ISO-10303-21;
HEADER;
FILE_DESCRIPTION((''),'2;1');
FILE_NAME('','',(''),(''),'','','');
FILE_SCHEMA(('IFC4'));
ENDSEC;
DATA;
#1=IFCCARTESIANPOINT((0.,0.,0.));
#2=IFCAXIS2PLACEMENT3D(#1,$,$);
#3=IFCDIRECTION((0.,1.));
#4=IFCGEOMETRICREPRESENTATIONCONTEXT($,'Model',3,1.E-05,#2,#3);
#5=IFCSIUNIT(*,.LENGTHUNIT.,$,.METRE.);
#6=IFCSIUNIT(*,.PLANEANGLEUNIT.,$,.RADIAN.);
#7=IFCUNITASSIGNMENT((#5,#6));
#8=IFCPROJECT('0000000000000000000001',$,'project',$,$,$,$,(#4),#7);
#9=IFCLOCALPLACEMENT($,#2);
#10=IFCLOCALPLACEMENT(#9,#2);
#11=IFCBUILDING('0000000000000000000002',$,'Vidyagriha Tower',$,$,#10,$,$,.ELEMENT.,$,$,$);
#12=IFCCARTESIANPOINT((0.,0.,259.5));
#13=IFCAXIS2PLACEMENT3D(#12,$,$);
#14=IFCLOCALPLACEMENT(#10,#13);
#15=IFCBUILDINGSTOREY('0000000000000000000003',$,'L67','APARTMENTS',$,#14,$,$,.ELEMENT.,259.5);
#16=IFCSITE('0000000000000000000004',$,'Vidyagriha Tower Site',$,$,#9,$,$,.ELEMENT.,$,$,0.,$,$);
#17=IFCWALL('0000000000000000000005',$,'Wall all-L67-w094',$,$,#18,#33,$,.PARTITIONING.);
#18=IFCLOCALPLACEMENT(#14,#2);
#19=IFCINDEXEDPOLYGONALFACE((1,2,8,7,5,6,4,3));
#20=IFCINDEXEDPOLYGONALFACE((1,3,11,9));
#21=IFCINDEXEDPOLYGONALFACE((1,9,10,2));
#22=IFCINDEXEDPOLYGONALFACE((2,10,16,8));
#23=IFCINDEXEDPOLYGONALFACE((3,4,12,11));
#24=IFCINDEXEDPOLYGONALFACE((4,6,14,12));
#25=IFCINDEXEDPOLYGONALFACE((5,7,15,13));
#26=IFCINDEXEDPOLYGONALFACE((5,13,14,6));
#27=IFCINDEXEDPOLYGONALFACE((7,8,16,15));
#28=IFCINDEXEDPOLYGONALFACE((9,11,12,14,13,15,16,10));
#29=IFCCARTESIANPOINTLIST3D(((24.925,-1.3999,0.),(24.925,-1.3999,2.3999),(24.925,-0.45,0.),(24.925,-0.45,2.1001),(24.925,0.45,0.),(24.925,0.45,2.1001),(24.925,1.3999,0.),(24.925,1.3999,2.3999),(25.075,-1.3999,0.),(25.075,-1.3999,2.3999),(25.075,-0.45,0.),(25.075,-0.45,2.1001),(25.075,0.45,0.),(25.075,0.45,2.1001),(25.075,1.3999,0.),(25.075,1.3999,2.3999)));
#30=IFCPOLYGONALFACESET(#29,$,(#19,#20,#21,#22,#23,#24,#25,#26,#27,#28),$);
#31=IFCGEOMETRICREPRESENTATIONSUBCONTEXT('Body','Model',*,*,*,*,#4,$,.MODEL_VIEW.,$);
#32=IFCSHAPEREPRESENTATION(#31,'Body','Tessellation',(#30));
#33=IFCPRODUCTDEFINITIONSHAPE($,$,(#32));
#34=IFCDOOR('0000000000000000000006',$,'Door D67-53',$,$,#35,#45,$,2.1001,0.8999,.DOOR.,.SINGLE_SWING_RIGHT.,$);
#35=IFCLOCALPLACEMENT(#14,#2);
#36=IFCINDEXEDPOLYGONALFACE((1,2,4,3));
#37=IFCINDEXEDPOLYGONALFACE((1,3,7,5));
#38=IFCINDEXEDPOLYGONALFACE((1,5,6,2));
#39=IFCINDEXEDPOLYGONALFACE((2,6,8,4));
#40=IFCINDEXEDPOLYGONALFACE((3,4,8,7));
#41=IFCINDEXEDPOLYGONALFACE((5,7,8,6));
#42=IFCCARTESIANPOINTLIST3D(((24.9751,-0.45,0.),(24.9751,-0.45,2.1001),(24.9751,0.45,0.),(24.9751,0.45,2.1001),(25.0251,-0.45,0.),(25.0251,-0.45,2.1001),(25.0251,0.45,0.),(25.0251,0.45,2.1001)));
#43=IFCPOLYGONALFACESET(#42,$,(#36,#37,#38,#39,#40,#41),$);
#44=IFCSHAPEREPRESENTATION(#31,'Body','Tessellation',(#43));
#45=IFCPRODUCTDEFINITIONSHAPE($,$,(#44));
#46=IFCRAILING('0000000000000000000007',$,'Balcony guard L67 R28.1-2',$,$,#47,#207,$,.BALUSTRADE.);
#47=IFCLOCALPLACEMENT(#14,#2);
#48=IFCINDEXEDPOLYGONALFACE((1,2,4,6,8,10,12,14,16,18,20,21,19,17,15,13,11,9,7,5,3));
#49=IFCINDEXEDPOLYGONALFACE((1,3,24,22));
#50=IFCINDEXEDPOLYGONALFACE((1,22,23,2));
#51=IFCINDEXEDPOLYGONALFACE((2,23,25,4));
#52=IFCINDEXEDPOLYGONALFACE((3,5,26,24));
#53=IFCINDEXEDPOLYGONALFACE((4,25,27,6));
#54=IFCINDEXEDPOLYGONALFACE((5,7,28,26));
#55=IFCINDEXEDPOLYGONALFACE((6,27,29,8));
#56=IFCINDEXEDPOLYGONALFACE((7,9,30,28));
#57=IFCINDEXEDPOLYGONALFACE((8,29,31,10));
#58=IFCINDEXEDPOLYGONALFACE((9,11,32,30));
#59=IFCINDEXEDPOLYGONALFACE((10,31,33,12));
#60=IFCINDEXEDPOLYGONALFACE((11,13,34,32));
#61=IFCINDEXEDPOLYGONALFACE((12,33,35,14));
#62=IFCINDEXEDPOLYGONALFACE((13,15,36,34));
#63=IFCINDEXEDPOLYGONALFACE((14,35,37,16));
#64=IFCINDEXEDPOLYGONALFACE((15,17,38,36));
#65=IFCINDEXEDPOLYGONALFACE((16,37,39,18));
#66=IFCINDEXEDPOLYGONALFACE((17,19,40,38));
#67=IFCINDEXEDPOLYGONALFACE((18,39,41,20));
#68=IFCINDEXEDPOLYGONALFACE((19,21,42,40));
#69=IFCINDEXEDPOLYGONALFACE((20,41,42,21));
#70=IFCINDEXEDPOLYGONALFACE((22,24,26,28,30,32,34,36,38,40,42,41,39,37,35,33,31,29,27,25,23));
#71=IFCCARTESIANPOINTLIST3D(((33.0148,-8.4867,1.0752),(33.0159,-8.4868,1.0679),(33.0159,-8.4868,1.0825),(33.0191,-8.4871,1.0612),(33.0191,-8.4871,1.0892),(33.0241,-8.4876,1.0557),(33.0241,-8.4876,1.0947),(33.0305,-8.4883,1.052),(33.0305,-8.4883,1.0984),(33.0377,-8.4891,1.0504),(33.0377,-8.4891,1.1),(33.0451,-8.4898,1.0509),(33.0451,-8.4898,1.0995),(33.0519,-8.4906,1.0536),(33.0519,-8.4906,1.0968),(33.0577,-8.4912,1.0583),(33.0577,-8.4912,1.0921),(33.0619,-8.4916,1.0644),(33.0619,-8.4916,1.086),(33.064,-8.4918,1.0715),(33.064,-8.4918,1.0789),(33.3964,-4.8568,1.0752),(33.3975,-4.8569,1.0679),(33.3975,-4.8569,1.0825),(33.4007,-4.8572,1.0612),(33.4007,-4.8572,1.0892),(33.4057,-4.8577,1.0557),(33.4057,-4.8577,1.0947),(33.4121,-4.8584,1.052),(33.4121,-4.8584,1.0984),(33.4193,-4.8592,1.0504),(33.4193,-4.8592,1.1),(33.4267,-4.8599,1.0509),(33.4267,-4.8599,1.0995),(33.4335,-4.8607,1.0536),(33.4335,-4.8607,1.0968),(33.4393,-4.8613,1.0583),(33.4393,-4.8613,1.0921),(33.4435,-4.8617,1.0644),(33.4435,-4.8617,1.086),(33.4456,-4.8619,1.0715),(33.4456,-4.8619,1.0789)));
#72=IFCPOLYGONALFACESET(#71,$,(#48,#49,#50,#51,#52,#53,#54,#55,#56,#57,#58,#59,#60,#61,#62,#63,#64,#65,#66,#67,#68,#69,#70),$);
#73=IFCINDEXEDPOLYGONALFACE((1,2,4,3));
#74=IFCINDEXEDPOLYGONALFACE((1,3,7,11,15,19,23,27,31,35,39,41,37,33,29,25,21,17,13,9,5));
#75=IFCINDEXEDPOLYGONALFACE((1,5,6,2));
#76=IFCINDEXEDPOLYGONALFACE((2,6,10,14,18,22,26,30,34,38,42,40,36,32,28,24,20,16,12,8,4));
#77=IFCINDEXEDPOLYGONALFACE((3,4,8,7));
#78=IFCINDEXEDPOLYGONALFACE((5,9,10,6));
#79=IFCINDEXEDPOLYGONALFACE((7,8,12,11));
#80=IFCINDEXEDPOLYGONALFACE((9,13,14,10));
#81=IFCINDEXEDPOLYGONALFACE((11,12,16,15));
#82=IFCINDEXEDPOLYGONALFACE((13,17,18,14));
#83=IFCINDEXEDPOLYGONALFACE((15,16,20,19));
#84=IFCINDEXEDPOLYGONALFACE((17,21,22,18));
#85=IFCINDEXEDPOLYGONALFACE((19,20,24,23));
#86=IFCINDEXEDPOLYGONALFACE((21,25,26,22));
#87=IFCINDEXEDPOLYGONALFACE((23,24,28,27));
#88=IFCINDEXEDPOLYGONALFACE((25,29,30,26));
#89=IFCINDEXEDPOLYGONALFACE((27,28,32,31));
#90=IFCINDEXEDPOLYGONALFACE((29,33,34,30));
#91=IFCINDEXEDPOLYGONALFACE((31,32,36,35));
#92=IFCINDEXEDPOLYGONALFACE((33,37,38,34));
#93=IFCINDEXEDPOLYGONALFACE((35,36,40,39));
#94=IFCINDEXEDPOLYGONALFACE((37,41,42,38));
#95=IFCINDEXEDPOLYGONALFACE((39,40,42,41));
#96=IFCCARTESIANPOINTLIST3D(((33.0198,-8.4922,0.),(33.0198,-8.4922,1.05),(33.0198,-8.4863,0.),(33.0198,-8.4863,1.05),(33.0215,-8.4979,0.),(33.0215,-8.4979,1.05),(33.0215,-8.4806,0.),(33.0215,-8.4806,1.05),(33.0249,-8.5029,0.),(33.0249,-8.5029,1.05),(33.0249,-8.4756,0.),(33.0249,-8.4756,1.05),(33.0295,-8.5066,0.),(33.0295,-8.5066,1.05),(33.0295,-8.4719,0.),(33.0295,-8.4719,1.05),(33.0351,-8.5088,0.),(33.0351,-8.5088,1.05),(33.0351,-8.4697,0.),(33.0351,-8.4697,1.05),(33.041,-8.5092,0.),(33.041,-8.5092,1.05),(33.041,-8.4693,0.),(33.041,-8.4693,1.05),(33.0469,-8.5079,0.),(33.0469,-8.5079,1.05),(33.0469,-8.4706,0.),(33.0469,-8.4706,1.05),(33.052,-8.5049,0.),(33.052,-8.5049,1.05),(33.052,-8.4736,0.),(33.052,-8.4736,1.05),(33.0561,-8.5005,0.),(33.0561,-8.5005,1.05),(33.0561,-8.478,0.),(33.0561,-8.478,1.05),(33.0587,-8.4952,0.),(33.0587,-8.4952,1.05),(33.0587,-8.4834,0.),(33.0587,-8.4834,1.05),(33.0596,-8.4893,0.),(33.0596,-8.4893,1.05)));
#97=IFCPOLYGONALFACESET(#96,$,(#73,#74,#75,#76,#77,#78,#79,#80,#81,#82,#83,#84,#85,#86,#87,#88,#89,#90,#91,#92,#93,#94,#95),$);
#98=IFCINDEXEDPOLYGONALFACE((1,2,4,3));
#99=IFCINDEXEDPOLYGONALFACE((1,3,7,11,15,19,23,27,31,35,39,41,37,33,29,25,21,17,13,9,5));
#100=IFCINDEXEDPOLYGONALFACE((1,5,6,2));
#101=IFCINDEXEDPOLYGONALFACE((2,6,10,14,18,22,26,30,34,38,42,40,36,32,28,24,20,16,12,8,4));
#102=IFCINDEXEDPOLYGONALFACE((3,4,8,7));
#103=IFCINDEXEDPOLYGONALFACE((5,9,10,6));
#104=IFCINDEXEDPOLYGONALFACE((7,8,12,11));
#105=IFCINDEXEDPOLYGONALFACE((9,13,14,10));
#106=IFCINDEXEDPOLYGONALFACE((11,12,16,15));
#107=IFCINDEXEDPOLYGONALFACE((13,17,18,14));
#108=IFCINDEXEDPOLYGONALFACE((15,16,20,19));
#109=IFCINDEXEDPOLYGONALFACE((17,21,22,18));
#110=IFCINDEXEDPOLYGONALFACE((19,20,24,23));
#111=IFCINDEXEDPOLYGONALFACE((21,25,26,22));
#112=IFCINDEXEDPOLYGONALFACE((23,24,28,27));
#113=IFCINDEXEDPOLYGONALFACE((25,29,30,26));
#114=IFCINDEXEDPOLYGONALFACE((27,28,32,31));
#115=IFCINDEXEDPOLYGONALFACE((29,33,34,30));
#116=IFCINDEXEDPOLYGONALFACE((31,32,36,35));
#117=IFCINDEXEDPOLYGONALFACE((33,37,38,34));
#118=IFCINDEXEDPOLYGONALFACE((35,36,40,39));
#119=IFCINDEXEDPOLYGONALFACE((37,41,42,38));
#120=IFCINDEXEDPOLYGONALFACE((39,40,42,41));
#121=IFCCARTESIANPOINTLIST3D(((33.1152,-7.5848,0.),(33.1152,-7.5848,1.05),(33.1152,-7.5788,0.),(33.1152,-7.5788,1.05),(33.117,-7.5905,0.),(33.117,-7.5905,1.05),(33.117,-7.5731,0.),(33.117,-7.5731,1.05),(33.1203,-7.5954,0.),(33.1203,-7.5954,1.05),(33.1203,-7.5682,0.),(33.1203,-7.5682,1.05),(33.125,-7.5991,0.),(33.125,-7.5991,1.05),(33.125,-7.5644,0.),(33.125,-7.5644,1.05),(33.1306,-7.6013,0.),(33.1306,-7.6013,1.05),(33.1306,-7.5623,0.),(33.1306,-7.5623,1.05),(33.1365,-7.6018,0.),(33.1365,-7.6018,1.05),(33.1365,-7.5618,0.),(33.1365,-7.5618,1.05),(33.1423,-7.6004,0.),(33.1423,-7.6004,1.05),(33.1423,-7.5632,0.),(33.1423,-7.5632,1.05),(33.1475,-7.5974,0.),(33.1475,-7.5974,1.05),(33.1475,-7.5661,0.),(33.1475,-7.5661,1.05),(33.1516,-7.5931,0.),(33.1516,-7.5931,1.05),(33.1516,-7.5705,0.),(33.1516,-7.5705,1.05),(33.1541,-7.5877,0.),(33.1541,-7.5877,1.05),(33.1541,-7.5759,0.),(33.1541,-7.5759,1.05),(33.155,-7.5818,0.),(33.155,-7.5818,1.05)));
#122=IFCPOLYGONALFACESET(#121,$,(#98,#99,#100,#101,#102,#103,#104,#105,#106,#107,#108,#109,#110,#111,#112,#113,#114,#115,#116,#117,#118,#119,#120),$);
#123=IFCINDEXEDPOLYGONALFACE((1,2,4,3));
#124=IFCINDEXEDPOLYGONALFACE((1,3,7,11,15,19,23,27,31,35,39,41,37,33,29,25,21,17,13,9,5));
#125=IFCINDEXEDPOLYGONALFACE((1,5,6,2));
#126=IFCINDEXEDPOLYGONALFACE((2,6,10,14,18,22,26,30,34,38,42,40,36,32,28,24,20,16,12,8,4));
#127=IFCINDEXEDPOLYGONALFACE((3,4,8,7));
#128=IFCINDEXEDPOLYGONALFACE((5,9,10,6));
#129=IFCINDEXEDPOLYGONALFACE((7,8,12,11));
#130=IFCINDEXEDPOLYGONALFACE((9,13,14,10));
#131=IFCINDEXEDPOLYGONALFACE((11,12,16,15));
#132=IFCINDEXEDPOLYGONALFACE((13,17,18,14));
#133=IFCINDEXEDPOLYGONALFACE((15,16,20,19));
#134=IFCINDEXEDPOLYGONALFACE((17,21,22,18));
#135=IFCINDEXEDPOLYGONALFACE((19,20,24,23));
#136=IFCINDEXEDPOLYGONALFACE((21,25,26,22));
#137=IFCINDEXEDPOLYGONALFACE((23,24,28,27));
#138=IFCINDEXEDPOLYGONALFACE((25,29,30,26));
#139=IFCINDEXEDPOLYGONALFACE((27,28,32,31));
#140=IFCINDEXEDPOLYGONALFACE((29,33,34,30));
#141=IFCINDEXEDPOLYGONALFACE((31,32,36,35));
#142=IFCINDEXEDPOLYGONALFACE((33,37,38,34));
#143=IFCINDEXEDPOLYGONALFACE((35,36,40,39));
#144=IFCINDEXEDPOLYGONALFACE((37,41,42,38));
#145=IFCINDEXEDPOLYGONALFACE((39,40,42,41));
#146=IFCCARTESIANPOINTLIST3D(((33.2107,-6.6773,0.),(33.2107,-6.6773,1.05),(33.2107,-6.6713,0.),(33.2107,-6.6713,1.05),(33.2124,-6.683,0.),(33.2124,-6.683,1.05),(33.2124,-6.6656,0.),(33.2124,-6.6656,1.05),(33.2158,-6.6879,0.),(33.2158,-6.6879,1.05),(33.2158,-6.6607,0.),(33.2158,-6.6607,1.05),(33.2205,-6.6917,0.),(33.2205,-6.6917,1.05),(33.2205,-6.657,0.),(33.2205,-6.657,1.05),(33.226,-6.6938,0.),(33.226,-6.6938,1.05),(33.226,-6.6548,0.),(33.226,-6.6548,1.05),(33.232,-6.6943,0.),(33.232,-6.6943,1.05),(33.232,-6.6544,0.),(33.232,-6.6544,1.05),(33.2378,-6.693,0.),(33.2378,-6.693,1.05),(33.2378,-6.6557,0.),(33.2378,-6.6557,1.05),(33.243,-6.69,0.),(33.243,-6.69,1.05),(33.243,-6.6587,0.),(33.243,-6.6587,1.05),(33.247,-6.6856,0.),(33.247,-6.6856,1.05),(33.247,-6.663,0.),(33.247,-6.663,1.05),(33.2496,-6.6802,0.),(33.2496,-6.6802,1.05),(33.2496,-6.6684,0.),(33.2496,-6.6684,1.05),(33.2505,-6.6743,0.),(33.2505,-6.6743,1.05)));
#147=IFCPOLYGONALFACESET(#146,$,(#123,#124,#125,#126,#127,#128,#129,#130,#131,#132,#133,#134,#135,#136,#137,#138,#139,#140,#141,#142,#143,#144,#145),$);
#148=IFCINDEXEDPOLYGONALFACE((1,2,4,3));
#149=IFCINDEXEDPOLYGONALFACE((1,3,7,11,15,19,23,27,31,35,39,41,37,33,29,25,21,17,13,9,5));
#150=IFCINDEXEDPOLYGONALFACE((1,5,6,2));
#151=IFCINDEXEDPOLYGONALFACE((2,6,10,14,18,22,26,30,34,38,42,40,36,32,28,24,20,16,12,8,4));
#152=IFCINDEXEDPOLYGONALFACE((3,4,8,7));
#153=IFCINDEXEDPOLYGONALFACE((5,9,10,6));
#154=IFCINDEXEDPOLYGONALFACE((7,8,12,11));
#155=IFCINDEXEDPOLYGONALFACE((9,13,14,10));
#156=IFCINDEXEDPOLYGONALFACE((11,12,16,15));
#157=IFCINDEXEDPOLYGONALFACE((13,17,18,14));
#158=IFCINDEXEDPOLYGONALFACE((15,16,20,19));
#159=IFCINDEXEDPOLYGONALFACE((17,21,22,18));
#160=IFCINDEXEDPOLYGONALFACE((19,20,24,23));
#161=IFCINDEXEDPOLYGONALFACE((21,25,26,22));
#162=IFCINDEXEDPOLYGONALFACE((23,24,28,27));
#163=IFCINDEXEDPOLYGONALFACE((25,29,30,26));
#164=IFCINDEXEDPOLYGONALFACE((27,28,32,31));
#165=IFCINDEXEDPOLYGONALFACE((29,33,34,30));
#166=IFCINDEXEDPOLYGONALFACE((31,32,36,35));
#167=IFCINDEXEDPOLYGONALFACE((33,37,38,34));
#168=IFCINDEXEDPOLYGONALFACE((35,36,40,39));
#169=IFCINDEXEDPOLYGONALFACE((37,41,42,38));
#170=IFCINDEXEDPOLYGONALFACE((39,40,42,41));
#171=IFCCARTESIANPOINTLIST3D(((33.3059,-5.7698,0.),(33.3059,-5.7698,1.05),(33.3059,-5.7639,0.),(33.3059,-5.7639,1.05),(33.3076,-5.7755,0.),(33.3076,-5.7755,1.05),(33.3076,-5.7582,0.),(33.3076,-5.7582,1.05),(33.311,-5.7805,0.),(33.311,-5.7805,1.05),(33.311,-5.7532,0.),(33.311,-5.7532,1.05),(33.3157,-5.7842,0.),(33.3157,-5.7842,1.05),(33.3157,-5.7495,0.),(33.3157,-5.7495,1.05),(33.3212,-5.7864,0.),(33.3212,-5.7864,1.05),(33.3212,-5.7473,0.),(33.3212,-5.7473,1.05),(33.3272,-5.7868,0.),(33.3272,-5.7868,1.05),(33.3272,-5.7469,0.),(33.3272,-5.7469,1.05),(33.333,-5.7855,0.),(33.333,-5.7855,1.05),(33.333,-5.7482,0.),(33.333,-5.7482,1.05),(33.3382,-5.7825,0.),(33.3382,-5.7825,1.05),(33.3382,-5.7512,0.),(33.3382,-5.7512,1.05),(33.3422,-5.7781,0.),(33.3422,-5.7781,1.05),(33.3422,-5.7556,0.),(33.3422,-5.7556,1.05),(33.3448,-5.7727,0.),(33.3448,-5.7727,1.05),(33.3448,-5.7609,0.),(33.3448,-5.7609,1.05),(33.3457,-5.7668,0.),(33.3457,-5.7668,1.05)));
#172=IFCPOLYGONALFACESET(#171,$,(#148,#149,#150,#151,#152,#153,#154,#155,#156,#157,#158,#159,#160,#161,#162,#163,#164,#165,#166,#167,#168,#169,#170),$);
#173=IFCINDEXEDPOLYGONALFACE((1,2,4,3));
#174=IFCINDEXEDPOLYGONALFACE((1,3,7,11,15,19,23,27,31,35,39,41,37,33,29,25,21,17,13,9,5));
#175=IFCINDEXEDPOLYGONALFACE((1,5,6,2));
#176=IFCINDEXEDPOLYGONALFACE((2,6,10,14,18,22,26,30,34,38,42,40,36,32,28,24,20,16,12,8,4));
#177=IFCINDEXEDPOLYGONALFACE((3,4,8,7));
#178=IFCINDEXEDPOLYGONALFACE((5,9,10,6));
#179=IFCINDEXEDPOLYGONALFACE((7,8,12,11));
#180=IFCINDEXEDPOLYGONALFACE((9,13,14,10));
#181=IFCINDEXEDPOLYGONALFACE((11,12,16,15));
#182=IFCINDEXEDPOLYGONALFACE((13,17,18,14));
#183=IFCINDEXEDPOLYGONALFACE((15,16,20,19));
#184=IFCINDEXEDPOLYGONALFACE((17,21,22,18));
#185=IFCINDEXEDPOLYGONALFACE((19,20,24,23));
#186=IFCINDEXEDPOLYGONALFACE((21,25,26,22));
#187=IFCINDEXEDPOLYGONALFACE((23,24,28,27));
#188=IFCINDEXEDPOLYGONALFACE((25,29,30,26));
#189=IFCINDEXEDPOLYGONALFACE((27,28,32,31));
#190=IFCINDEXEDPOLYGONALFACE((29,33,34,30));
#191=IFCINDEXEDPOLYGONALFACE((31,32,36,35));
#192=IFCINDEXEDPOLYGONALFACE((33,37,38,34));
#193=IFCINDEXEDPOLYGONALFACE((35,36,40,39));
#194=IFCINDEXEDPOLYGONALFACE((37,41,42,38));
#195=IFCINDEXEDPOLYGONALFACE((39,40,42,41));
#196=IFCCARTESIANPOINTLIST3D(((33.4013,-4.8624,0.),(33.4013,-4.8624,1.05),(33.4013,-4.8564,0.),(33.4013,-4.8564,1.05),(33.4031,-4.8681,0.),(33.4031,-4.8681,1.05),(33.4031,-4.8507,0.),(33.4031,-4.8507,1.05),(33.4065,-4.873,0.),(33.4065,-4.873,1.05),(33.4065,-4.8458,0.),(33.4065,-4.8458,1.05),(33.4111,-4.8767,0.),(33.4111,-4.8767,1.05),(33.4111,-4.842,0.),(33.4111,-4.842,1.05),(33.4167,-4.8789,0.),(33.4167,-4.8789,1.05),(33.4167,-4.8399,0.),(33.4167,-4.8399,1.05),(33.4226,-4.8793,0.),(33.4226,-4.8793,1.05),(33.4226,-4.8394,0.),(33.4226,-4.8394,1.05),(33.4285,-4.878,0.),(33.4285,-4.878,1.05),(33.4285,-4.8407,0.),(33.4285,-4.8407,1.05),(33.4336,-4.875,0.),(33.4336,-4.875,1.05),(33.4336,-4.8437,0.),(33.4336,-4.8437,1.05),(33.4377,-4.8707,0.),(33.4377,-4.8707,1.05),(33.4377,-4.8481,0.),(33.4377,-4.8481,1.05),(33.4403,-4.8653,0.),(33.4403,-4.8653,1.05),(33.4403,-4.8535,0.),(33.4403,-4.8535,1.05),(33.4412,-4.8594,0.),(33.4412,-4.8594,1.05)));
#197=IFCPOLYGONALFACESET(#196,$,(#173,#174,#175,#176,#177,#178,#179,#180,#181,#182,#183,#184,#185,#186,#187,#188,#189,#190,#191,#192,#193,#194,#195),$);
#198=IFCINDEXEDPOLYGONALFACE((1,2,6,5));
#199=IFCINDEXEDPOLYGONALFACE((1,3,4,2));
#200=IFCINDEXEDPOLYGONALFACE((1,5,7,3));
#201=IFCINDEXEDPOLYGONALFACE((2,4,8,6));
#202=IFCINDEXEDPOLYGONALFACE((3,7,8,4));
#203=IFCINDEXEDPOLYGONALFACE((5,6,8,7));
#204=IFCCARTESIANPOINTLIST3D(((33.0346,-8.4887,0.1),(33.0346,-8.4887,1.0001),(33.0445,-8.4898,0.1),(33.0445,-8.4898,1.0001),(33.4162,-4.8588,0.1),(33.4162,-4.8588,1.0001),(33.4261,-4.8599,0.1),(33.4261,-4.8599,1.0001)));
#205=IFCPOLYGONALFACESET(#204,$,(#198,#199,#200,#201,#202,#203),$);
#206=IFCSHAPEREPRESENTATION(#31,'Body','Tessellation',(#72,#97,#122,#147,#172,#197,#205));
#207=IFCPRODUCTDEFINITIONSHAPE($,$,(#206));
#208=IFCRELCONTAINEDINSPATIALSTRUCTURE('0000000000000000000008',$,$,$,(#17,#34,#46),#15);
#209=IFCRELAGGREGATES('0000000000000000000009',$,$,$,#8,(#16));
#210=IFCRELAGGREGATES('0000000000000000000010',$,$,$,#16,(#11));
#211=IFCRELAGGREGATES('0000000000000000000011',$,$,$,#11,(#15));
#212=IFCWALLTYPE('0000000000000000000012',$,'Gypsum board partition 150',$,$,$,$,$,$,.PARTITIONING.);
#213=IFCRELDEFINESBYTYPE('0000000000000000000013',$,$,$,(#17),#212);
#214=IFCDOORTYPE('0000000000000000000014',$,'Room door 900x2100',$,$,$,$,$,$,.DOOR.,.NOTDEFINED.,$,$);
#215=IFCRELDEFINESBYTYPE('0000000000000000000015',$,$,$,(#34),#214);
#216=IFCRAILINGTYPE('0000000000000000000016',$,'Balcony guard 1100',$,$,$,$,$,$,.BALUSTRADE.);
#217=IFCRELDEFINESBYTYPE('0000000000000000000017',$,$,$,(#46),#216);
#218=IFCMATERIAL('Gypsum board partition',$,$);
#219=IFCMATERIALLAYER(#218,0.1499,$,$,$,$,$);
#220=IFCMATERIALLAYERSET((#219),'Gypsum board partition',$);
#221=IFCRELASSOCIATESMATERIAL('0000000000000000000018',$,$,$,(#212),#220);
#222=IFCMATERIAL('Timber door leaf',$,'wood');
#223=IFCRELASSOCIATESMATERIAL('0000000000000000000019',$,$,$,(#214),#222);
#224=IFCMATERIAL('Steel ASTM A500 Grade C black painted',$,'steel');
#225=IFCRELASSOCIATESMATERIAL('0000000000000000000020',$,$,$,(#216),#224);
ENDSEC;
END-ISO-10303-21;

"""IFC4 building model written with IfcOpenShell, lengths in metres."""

from ifc_helpers import new_model, si_unit, direction, frame, frame_2d, origin, origin_2d, place, context, subcontext, project, spatial, rectangle, circle, extrude, material, layer, layer_set, type_object, element, fill, save


model = new_model("IFC4")

# Units and contexts
model_context = context("Model", 3, precision=1e-05, world=origin(), true_north=direction((0.0, 1.0)))
body_context = subcontext(model_context, "Body", "Model", "MODEL_VIEW")
ifc_project = project(units=[si_unit("LENGTHUNIT", "METRE"), si_unit("PLANEANGLEUNIT", "RADIAN")], contexts=[model_context])

# Site, building, storey
site_placement = place(None, origin())
site = spatial("IfcSite", under=ifc_project, at=site_placement, Name="Vidyagriha Tower Site", CompositionType="ELEMENT", RefElevation=0.0)
building_placement = place(site_placement, origin())
building = spatial("IfcBuilding", under=site, at=building_placement, Name="Vidyagriha Tower", CompositionType="ELEMENT")
storey_placement = place(building_placement, frame((0.0, 0.0, 259.5)))
storey = spatial("IfcBuildingStorey", under=building, at=storey_placement, Name="L67", Description="APARTMENTS", CompositionType="ELEMENT", Elevation=259.5)

# Shared definitions
ifc_material_1 = material(Name="Gypsum board partition")
ifc_layer_1 = layer(ifc_material_1, 0.1499)
ifc_layer_set_1 = layer_set([ifc_layer_1], Name="Gypsum board partition")
wall_type_1 = type_object("IfcWallType", Name="Gypsum board partition 150", PredefinedType="PARTITIONING", material=ifc_layer_set_1)

# Shared definitions
ifc_material_2 = material(Name="Timber door leaf", Category="wood")
door_type_1 = type_object("IfcDoorType", Name="Room door 900x2100", OperationType="NOTDEFINED", PredefinedType="DOOR", material=ifc_material_2)

# Wall, opening, door
wall_1_placement = place(storey_placement, frame((25.0, -1.3999, 0.0), z_axis=(0.0, 0.0, 1.0), x_axis=(0.0, 1.0, 0.0)))
wall_1 = element("IfcWall", 1, at=wall_1_placement, inside=storey, type_object=wall_type_1, Name="Wall all-L67-w094", PredefinedType="PARTITIONING", context=body_context, shape_type="SweptSolid", body=[
    extrude(rectangle(XDim=2.7998, YDim=0.1499, at=frame_2d((1.3999, 0.0))), origin(), (0.0, 0.0, 1.0), 2.3999),
])
opening_1_placement = place(wall_1_placement, frame((0.95, 0.0, 0.0)))
opening_1 = element("IfcOpeningElement", 2, at=opening_1_placement, cuts=wall_1, PredefinedType="OPENING", context=body_context, shape_type="SweptSolid", body=[
    extrude(rectangle(XDim=0.8999, YDim=2.1001, at=frame_2d((0.45, 1.05))), frame((0.0, 0.085, 0.0), z_axis=(0.0, -1.0, 0.0), x_axis=(1.0, 0.0, 0.0)), (0.0, 0.0, 1.0), 0.1699),
])
door_1_placement = place(opening_1_placement, origin())
door_1 = element("IfcDoor", 3, at=door_1_placement, inside=storey, type_object=door_type_1, Name="Door D67-53", OperationType="SINGLE_SWING_RIGHT", OverallHeight=2.1001, OverallWidth=0.8999, PredefinedType="DOOR", context=body_context, shape_type="SweptSolid", body=[
    extrude(rectangle(XDim=0.8999, YDim=2.1001, at=frame_2d((0.45, 1.05))), frame((0.0, 0.0249, 0.0), z_axis=(0.0, -1.0, 0.0), x_axis=(1.0, 0.0, 0.0)), (0.0, 0.0, 1.0), 0.05),
])
fill(opening_1, door_1)

# Railing
ifc_material_3 = material(Name="Steel ASTM A500 Grade C black painted", Category="steel")
railing_type_1 = type_object("IfcRailingType", Name="Balcony guard 1100", PredefinedType="BALUSTRADE", material=ifc_material_3)
railing_1_placement = place(storey_placement, frame((33.0396, -8.4893, 0.0)))
element("IfcRailing", 4, at=railing_1_placement, inside=storey, type_object=railing_type_1, Name="Balcony guard L67 R28.1-2", PredefinedType="BALUSTRADE", context=body_context, shape_type="SweptSolid", body=[
    extrude(circle(Radius=0.0249, at=origin_2d()), frame((0.0, 0.0, 1.0752), z_axis=(0.104549, 0.99452, 0.0), x_axis=(-0.99452, 0.104549, 0.0)), (0.0, 0.0, 1.0), 3.6499),
    extrude(circle(Radius=0.02, at=origin_2d()), origin(), (0.0, 0.0, 1.0), 1.05),
    extrude(circle(Radius=0.02, at=origin_2d()), frame((0.0955, 0.9075, 0.0)), (0.0, 0.0, 1.0), 1.05),
    extrude(circle(Radius=0.02, at=origin_2d()), frame((0.1909, 1.8149, 0.0)), (0.0, 0.0, 1.0), 1.05),
    extrude(circle(Radius=0.02, at=origin_2d()), frame((0.2861, 2.7224, 0.0)), (0.0, 0.0, 1.0), 1.05),
    extrude(circle(Radius=0.02, at=origin_2d()), frame((0.3816, 3.6299, 0.0)), (0.0, 0.0, 1.0), 1.05),
    extrude(rectangle(XDim=0.01, YDim=0.9001, at=origin_2d()), frame((0.0, 0.0, 0.55), z_axis=(0.104549, 0.99452, 0.0), x_axis=(-0.99452, 0.104549, 0.0)), (0.0, 0.0, 1.0), 3.6499),
])

save(model, "model.ifc")
